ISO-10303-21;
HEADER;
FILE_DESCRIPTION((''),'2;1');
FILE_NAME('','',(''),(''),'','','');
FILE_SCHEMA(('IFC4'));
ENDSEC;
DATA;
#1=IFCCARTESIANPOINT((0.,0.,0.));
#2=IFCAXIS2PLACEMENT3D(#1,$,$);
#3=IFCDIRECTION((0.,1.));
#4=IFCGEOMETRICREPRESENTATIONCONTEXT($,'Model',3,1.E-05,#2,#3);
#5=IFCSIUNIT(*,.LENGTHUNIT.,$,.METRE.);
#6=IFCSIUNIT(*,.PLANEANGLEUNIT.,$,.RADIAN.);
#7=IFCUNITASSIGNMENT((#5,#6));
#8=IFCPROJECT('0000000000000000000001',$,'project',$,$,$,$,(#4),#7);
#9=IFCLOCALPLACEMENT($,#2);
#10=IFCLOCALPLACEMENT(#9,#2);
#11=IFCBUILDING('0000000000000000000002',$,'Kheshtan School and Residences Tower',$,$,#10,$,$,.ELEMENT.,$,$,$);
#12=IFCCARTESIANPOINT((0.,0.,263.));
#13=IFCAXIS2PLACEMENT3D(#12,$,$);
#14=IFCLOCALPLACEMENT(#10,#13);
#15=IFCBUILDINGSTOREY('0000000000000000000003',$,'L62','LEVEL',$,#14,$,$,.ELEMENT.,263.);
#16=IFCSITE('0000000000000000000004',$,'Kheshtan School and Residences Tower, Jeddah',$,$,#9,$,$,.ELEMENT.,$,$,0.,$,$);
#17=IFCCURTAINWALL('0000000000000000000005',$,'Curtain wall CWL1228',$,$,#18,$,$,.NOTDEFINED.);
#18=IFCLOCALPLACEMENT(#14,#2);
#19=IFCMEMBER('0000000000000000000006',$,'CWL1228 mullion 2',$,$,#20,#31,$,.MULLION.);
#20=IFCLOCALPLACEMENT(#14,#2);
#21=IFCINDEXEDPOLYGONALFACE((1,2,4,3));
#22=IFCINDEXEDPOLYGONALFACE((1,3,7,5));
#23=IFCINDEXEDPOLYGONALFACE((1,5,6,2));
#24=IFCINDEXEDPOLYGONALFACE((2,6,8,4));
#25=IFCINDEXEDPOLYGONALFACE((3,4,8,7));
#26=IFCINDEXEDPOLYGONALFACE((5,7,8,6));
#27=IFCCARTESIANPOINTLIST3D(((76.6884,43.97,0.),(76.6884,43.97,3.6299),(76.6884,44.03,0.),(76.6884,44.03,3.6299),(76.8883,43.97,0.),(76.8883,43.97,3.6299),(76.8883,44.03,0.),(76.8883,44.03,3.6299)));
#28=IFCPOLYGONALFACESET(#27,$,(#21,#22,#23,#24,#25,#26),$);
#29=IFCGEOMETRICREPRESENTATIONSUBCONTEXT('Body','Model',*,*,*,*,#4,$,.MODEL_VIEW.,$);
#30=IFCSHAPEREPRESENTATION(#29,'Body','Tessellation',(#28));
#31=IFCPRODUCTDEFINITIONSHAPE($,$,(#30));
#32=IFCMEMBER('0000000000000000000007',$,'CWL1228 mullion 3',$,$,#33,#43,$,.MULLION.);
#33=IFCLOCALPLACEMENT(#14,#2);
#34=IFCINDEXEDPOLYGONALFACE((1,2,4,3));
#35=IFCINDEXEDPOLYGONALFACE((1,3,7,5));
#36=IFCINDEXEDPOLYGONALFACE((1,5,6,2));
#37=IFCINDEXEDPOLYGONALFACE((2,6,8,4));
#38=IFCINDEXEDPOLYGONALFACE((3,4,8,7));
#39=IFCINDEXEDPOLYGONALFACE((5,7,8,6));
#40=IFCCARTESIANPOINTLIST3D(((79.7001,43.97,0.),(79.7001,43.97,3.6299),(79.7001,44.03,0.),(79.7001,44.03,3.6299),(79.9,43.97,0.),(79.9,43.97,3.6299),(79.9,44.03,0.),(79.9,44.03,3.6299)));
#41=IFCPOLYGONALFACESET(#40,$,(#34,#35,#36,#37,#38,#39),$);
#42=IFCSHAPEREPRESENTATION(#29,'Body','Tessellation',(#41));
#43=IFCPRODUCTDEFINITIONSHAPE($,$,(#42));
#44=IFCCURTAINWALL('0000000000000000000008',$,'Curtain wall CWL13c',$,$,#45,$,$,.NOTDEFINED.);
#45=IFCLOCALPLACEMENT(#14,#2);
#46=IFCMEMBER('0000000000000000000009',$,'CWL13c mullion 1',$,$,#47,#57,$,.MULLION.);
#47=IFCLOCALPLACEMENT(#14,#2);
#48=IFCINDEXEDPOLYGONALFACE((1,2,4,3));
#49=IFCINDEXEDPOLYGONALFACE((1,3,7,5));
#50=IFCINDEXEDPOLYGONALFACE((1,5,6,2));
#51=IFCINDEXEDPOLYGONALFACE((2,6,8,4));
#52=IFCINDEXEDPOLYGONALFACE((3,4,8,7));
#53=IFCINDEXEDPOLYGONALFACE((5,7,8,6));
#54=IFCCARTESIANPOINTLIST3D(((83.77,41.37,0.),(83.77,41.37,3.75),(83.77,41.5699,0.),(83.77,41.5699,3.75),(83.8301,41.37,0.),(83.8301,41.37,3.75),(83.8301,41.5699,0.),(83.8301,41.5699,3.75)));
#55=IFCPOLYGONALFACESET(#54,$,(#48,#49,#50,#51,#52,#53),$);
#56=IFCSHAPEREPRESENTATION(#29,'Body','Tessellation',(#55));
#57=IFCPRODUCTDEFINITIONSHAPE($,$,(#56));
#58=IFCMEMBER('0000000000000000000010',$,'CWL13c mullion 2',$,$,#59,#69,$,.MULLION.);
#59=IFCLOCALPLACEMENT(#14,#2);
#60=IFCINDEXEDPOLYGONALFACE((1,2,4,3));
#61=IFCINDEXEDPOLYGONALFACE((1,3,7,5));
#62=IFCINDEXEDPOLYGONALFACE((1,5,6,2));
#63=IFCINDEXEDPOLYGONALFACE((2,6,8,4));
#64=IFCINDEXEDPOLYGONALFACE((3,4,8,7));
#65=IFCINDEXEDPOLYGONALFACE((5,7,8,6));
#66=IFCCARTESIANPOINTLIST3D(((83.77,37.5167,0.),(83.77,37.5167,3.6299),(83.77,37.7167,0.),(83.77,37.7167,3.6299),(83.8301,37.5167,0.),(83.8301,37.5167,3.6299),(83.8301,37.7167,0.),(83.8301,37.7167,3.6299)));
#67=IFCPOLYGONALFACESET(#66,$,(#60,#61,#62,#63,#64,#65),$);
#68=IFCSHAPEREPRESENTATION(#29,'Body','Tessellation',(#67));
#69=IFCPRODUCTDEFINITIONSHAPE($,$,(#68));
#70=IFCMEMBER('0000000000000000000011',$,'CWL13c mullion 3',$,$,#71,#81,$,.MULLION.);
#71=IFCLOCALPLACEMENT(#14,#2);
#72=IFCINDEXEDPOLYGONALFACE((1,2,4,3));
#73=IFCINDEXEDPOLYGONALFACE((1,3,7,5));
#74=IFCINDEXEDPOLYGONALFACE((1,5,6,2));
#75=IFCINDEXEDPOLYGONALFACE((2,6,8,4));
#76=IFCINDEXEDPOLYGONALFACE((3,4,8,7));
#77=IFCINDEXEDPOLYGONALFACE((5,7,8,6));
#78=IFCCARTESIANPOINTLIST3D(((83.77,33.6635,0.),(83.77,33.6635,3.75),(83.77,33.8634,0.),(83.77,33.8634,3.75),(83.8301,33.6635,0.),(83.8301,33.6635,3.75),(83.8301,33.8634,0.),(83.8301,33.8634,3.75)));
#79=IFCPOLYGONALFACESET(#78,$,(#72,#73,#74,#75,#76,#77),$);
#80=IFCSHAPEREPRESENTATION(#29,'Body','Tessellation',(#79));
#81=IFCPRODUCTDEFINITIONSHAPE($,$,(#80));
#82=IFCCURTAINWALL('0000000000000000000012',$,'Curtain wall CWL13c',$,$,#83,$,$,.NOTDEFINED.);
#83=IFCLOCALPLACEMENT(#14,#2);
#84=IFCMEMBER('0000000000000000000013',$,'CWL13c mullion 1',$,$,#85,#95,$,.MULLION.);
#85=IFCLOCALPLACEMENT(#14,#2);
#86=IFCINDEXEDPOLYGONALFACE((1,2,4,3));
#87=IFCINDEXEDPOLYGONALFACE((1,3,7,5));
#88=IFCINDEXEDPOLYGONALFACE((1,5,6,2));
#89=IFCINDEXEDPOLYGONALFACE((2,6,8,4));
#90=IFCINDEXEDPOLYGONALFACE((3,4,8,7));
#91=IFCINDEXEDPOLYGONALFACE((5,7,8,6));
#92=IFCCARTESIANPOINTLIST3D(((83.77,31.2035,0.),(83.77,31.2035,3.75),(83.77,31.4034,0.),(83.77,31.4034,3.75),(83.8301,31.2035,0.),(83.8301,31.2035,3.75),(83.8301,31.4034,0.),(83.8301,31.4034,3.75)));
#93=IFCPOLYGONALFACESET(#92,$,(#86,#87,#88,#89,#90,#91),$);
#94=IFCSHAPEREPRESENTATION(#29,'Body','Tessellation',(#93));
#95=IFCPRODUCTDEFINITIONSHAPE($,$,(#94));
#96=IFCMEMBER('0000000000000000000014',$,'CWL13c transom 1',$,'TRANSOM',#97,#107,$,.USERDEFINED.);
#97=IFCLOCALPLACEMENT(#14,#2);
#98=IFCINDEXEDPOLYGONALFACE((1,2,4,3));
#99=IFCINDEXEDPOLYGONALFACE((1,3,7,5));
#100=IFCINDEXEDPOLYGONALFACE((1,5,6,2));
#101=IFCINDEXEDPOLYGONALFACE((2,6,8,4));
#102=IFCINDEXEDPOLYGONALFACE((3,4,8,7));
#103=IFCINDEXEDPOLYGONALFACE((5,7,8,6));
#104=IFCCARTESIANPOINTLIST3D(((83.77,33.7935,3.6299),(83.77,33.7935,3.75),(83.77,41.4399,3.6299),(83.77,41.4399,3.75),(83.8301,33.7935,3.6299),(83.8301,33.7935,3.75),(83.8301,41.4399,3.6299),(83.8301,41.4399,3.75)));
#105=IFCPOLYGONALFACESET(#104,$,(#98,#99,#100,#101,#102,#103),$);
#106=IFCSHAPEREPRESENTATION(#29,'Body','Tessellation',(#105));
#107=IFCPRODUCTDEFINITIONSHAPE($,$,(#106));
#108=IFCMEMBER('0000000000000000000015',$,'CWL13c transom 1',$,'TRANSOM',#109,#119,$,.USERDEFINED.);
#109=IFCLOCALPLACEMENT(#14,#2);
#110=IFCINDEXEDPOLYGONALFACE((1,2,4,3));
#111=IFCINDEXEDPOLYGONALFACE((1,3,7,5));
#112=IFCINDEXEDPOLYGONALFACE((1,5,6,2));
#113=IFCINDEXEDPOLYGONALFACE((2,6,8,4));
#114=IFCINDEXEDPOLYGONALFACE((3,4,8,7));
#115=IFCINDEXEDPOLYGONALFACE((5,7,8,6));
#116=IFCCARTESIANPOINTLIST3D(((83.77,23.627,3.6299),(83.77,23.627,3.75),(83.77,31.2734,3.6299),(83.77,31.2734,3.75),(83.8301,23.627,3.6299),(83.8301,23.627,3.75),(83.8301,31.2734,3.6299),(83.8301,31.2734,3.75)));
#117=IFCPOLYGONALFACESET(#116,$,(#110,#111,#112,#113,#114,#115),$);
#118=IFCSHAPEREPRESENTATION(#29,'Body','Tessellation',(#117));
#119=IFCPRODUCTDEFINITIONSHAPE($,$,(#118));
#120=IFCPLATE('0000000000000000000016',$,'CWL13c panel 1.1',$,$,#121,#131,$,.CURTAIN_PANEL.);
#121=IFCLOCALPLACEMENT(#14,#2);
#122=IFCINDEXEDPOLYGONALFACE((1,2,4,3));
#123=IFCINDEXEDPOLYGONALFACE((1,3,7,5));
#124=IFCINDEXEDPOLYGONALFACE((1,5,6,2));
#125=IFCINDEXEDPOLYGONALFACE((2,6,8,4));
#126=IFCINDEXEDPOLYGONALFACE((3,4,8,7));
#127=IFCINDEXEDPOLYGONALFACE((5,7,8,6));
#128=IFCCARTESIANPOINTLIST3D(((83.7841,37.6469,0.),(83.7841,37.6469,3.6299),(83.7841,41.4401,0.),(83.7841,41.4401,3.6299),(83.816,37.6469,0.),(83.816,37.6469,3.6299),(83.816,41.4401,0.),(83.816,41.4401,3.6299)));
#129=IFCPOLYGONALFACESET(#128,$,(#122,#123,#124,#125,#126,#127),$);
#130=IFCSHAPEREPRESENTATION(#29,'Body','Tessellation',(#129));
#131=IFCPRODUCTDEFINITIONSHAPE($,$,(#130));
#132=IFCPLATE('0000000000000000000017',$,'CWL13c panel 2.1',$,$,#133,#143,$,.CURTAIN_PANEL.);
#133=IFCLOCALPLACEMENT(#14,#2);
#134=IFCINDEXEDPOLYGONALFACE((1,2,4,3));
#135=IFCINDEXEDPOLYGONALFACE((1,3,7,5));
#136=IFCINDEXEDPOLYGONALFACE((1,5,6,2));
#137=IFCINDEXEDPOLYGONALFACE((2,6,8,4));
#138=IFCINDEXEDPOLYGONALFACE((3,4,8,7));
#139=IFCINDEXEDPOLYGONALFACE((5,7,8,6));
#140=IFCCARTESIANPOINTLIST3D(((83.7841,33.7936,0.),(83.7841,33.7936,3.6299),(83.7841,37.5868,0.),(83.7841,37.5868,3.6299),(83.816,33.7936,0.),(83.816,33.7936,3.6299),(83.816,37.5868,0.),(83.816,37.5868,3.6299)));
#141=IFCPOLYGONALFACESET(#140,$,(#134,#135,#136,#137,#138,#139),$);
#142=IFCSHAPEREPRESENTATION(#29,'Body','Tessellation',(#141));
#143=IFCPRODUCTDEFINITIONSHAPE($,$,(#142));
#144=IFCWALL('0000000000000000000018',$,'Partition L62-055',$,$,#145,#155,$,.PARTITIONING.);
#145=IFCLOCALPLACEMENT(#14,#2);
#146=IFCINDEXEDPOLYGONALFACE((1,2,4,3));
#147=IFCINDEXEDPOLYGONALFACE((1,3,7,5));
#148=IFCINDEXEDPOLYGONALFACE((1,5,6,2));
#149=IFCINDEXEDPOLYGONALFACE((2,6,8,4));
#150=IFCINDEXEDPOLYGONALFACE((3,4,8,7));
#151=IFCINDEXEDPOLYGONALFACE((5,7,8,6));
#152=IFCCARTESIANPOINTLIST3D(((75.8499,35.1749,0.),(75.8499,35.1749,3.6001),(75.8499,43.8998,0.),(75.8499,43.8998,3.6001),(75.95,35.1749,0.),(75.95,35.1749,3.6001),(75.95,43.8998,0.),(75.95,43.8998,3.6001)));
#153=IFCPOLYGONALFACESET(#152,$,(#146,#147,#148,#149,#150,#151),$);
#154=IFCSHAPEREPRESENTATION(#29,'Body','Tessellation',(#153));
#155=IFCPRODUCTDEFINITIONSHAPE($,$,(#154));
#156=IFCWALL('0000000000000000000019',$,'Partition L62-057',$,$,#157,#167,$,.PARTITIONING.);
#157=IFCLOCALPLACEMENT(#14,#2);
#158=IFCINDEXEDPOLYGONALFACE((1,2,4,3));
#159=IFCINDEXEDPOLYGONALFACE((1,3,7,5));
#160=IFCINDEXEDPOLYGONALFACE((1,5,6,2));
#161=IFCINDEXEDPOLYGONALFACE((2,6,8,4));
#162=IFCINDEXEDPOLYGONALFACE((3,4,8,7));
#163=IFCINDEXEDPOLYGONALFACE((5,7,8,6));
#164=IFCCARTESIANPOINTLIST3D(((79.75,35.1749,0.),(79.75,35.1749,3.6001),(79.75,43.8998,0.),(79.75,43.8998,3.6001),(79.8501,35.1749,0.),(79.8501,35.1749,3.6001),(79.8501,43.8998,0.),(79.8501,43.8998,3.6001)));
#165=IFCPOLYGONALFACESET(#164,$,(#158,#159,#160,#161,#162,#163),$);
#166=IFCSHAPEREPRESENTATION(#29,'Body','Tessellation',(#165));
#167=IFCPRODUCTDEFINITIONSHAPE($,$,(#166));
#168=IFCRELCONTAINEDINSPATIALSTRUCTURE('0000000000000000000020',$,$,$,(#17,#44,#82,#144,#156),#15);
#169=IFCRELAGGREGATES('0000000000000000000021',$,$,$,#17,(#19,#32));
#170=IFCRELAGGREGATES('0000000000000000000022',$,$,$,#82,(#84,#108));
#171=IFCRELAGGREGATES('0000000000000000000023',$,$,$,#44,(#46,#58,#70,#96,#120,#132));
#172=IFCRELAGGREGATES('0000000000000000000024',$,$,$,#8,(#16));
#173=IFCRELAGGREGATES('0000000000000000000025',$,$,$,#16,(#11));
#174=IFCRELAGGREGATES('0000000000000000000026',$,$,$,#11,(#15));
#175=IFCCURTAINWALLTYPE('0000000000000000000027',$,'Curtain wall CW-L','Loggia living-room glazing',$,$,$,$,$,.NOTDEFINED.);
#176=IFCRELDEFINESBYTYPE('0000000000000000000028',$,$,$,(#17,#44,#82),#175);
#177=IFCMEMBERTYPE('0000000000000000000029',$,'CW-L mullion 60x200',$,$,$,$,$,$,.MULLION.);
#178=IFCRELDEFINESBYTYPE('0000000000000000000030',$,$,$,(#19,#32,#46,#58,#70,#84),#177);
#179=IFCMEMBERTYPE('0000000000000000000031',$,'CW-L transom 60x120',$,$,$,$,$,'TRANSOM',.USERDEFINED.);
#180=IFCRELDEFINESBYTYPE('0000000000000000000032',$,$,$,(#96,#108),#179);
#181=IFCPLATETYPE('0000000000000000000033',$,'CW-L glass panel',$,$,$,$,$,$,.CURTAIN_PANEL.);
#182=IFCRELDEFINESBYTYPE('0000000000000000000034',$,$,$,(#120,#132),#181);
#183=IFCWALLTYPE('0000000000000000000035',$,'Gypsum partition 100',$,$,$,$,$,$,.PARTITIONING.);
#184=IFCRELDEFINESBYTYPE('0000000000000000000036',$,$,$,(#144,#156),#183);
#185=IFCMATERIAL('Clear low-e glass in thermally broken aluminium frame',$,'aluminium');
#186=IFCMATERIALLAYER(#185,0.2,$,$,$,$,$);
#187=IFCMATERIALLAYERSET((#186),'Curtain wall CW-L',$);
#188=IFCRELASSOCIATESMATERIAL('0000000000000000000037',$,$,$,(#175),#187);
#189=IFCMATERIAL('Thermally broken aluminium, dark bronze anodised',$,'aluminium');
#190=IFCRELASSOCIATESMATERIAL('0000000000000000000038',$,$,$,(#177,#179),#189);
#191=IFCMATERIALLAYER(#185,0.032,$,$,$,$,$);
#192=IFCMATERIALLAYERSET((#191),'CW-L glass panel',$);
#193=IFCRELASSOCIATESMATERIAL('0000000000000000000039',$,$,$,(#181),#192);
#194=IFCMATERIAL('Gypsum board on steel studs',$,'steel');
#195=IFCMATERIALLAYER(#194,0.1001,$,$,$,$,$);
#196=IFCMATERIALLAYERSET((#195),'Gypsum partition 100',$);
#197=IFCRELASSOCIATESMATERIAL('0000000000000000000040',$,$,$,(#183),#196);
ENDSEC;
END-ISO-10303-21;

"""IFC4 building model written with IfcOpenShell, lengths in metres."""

from ifc_helpers import new_model, si_unit, direction, frame, frame_2d, origin, origin_2d, place, context, subcontext, project, spatial, rectangle, extrude, material, layer, layer_set, material_profile, profile_set, type_object, element, aggregate, save


model = new_model("IFC4")

# Units and contexts
model_context = context("Model", 3, precision=1e-05, world=origin(), true_north=direction((0.0, 1.0)))
body_context = subcontext(model_context, "Body", "Model", "MODEL_VIEW")
ifc_project = project(units=[si_unit("LENGTHUNIT", "METRE"), si_unit("PLANEANGLEUNIT", "RADIAN")], contexts=[model_context])

# Site, building, storey
site_placement = place(None, origin())
site = spatial("IfcSite", under=ifc_project, at=site_placement, Name="Kheshtan School and Residences Tower, Jeddah", CompositionType="ELEMENT", RefElevation=0.0)
building_placement = place(site_placement, origin())
building = spatial("IfcBuilding", under=site, at=building_placement, Name="Kheshtan School and Residences Tower", CompositionType="ELEMENT")
storey_placement = place(building_placement, frame((0.0, 0.0, 263.0)))
storey = spatial("IfcBuildingStorey", under=building, at=storey_placement, Name="L62", Description="LEVEL", CompositionType="ELEMENT", Elevation=263.0)

# Curtain walls, members
ifc_material_1 = material(Name="Clear low-e glass in thermally broken aluminium frame", Category="aluminium")
ifc_layer_1 = layer(ifc_material_1, 0.2)
ifc_layer_set_1 = layer_set([ifc_layer_1], Name="Curtain wall CW-L")
curtain_wall_type = type_object("IfcCurtainWallType", Name="Curtain wall CW-L", Description="Loggia living-room glazing", PredefinedType="NOTDEFINED", material=ifc_layer_set_1)
curtain_wall_1_placement = place(storey_placement, origin())
curtain_wall_1 = element("IfcCurtainWall", 1, at=curtain_wall_1_placement, inside=storey, type_object=curtain_wall_type, Name="Curtain wall CWL1228", PredefinedType="NOTDEFINED")
ifc_material_2 = material(Name="Thermally broken aluminium, dark bronze anodised", Category="aluminium")
ifc_material_profile_1 = material_profile(ifc_material_2, rectangle(XDim=0.0601, YDim=0.2, at=origin_2d()), Name="CW-L mullion 60x200")
ifc_profile_set_1 = profile_set([ifc_material_profile_1], Name="Thermally broken aluminium, dark bronze anodised")
member_type_1 = type_object("IfcMemberType", Name="CW-L mullion 60x200", PredefinedType="MULLION", material=ifc_profile_set_1)
member_1_placement = place(storey_placement, frame((76.7883, 44.0, 0.0), z_axis=(0.0, 0.0, 1.0), x_axis=(0.0, 1.0, 0.0)))
member_1 = element("IfcMember", 2, at=member_1_placement, type_object=member_type_1, Name="CWL1228 mullion 2", PredefinedType="MULLION", context=body_context, shape_type="SweptSolid", body=[
    extrude(rectangle(XDim=0.0601, YDim=0.2, at=origin_2d()), origin(), (0.0, 0.0, 1.0), 3.6299),
])
member_2_placement = place(storey_placement, frame((79.8, 44.0, 0.0), z_axis=(0.0, 0.0, 1.0), x_axis=(0.0, 1.0, 0.0)))
member_2 = element("IfcMember", 3, at=member_2_placement, type_object=member_type_1, Name="CWL1228 mullion 3", PredefinedType="MULLION", context=body_context, shape_type="SweptSolid", body=[
    extrude(rectangle(XDim=0.0601, YDim=0.2, at=origin_2d()), origin(), (0.0, 0.0, 1.0), 3.6299),
])
aggregate(curtain_wall_1, [member_1, member_2])
curtain_wall_2_placement = place(storey_placement, origin())
curtain_wall_2 = element("IfcCurtainWall", 4, at=curtain_wall_2_placement, inside=storey, type_object=curtain_wall_type, Name="Curtain wall CWL13c", PredefinedType="NOTDEFINED")
member_3_placement = place(storey_placement, frame((83.8, 41.47, 0.0), z_axis=(0.0, 0.0, 1.0), x_axis=(1.0, 0.0, 0.0)))
member_3 = element("IfcMember", 5, at=member_3_placement, type_object=member_type_1, Name="CWL13c mullion 1", PredefinedType="MULLION", context=body_context, shape_type="SweptSolid", body=[
    extrude(rectangle(XDim=0.0601, YDim=0.2, at=origin_2d()), origin(), (0.0, 0.0, 1.0), 3.75),
])
member_4_placement = place(storey_placement, frame((83.8, 37.6167, 0.0), z_axis=(0.0, 0.0, 1.0), x_axis=(1.0, 0.0, 0.0)))
member_4 = element("IfcMember", 6, at=member_4_placement, type_object=member_type_1, Name="CWL13c mullion 2", PredefinedType="MULLION", context=body_context, shape_type="SweptSolid", body=[
    extrude(rectangle(XDim=0.0601, YDim=0.2, at=origin_2d()), origin(), (0.0, 0.0, 1.0), 3.6299),
])
member_5_placement = place(storey_placement, frame((83.8, 33.7634, 0.0), z_axis=(0.0, 0.0, 1.0), x_axis=(1.0, 0.0, 0.0)))
member_5 = element("IfcMember", 7, at=member_5_placement, type_object=member_type_1, Name="CWL13c mullion 3", PredefinedType="MULLION", context=body_context, shape_type="SweptSolid", body=[
    extrude(rectangle(XDim=0.0601, YDim=0.2, at=origin_2d()), origin(), (0.0, 0.0, 1.0), 3.75),
])

# Curtain wall, member
curtain_wall_3_placement = place(storey_placement, origin())
curtain_wall_3 = element("IfcCurtainWall", 8, at=curtain_wall_3_placement, inside=storey, type_object=curtain_wall_type, Name="Curtain wall CWL13c", PredefinedType="NOTDEFINED")
member_6_placement = place(storey_placement, frame((83.8, 31.3035, 0.0), z_axis=(0.0, 0.0, 1.0), x_axis=(1.0, 0.0, 0.0)))
member_6 = element("IfcMember", 9, at=member_6_placement, type_object=member_type_1, Name="CWL13c mullion 1", PredefinedType="MULLION", context=body_context, shape_type="SweptSolid", body=[
    extrude(rectangle(XDim=0.0601, YDim=0.2, at=origin_2d()), origin(), (0.0, 0.0, 1.0), 3.75),
])

# Members
ifc_material_profile_2 = material_profile(ifc_material_2, rectangle(XDim=0.0601, YDim=0.1201, at=origin_2d()), Name="CW-L transom 60x120")
ifc_profile_set_2 = profile_set([ifc_material_profile_2], Name="Thermally broken aluminium, dark bronze anodised")
member_type_2 = type_object("IfcMemberType", Name="CW-L transom 60x120", ElementType="TRANSOM", PredefinedType="USERDEFINED", material=ifc_profile_set_2)
member_7_placement = place(storey_placement, frame((83.8, 41.4399, 3.6899), z_axis=(0.0, -1.0, 0.0), x_axis=(1.0, 0.0, 0.0)))
member_7 = element("IfcMember", 10, at=member_7_placement, type_object=member_type_2, Name="CWL13c transom 1", ObjectType="TRANSOM", PredefinedType="USERDEFINED", context=body_context, shape_type="SweptSolid", body=[
    extrude(rectangle(XDim=0.0601, YDim=0.1201, at=origin_2d()), origin(), (0.0, 0.0, 1.0), 7.6465),
])
member_8_placement = place(storey_placement, frame((83.8, 31.2734, 3.6899), z_axis=(0.0, -1.0, 0.0), x_axis=(1.0, 0.0, 0.0)))
member_8 = element("IfcMember", 11, at=member_8_placement, type_object=member_type_2, Name="CWL13c transom 1", ObjectType="TRANSOM", PredefinedType="USERDEFINED", context=body_context, shape_type="SweptSolid", body=[
    extrude(rectangle(XDim=0.0601, YDim=0.1201, at=origin_2d()), origin(), (0.0, 0.0, 1.0), 7.6465),
])
aggregate(curtain_wall_3, [member_6, member_8])

# Plates
ifc_layer_2 = layer(ifc_material_1, 0.032)
ifc_layer_set_2 = layer_set([ifc_layer_2], Name="CW-L glass panel")
plate_type = type_object("IfcPlateType", Name="CW-L glass panel", PredefinedType="CURTAIN_PANEL", material=ifc_layer_set_2)
plate_1_placement = place(storey_placement, frame((83.8, 39.5435, 0.0), z_axis=(0.0, 0.0, 1.0), x_axis=(0.0, -1.0, 0.0)))
plate_1 = element("IfcPlate", 12, at=plate_1_placement, type_object=plate_type, Name="CWL13c panel 1.1", PredefinedType="CURTAIN_PANEL", context=body_context, shape_type="SweptSolid", body=[
    extrude(rectangle(XDim=3.7932, YDim=0.032, at=origin_2d()), origin(), (0.0, 0.0, 1.0), 3.6299),
])
plate_2_placement = place(storey_placement, frame((83.8, 35.6902, 0.0), z_axis=(0.0, 0.0, 1.0), x_axis=(0.0, -1.0, 0.0)))
plate_2 = element("IfcPlate", 13, at=plate_2_placement, type_object=plate_type, Name="CWL13c panel 2.1", PredefinedType="CURTAIN_PANEL", context=body_context, shape_type="SweptSolid", body=[
    extrude(rectangle(XDim=3.7932, YDim=0.032, at=origin_2d()), origin(), (0.0, 0.0, 1.0), 3.6299),
])
aggregate(curtain_wall_2, [member_3, member_4, member_5, member_7, plate_1, plate_2])

# Walls
ifc_material_3 = material(Name="Gypsum board on steel studs", Category="steel")
ifc_layer_3 = layer(ifc_material_3, 0.1001)
ifc_layer_set_3 = layer_set([ifc_layer_3], Name="Gypsum partition 100")
wall_type_1 = type_object("IfcWallType", Name="Gypsum partition 100", PredefinedType="PARTITIONING", material=ifc_layer_set_3)
for number, where, z_axis, x_axis, name in (
    (14, (75.8999, 35.175, 0.0), (0.0, 0.0, 1.0), (0.0, 1.0, 0.0), "Partition L62-055"),
    (15, (79.8, 35.175, 0.0), (0.0, 0.0, 1.0), (0.0, 1.0, 0.0), "Partition L62-057"),
):
    element("IfcWall", number, at=place(storey_placement, frame(where, z_axis=z_axis, x_axis=x_axis)), inside=storey, type_object=wall_type_1, Name=name, PredefinedType="PARTITIONING", context=body_context, shape_type="SweptSolid", body=[
        extrude(rectangle(XDim=8.7249, YDim=0.1001, at=frame_2d((4.3623, 0.0))), origin(), (0.0, 0.0, 1.0), 3.6001),
    ])

save(model, "model.ifc")
